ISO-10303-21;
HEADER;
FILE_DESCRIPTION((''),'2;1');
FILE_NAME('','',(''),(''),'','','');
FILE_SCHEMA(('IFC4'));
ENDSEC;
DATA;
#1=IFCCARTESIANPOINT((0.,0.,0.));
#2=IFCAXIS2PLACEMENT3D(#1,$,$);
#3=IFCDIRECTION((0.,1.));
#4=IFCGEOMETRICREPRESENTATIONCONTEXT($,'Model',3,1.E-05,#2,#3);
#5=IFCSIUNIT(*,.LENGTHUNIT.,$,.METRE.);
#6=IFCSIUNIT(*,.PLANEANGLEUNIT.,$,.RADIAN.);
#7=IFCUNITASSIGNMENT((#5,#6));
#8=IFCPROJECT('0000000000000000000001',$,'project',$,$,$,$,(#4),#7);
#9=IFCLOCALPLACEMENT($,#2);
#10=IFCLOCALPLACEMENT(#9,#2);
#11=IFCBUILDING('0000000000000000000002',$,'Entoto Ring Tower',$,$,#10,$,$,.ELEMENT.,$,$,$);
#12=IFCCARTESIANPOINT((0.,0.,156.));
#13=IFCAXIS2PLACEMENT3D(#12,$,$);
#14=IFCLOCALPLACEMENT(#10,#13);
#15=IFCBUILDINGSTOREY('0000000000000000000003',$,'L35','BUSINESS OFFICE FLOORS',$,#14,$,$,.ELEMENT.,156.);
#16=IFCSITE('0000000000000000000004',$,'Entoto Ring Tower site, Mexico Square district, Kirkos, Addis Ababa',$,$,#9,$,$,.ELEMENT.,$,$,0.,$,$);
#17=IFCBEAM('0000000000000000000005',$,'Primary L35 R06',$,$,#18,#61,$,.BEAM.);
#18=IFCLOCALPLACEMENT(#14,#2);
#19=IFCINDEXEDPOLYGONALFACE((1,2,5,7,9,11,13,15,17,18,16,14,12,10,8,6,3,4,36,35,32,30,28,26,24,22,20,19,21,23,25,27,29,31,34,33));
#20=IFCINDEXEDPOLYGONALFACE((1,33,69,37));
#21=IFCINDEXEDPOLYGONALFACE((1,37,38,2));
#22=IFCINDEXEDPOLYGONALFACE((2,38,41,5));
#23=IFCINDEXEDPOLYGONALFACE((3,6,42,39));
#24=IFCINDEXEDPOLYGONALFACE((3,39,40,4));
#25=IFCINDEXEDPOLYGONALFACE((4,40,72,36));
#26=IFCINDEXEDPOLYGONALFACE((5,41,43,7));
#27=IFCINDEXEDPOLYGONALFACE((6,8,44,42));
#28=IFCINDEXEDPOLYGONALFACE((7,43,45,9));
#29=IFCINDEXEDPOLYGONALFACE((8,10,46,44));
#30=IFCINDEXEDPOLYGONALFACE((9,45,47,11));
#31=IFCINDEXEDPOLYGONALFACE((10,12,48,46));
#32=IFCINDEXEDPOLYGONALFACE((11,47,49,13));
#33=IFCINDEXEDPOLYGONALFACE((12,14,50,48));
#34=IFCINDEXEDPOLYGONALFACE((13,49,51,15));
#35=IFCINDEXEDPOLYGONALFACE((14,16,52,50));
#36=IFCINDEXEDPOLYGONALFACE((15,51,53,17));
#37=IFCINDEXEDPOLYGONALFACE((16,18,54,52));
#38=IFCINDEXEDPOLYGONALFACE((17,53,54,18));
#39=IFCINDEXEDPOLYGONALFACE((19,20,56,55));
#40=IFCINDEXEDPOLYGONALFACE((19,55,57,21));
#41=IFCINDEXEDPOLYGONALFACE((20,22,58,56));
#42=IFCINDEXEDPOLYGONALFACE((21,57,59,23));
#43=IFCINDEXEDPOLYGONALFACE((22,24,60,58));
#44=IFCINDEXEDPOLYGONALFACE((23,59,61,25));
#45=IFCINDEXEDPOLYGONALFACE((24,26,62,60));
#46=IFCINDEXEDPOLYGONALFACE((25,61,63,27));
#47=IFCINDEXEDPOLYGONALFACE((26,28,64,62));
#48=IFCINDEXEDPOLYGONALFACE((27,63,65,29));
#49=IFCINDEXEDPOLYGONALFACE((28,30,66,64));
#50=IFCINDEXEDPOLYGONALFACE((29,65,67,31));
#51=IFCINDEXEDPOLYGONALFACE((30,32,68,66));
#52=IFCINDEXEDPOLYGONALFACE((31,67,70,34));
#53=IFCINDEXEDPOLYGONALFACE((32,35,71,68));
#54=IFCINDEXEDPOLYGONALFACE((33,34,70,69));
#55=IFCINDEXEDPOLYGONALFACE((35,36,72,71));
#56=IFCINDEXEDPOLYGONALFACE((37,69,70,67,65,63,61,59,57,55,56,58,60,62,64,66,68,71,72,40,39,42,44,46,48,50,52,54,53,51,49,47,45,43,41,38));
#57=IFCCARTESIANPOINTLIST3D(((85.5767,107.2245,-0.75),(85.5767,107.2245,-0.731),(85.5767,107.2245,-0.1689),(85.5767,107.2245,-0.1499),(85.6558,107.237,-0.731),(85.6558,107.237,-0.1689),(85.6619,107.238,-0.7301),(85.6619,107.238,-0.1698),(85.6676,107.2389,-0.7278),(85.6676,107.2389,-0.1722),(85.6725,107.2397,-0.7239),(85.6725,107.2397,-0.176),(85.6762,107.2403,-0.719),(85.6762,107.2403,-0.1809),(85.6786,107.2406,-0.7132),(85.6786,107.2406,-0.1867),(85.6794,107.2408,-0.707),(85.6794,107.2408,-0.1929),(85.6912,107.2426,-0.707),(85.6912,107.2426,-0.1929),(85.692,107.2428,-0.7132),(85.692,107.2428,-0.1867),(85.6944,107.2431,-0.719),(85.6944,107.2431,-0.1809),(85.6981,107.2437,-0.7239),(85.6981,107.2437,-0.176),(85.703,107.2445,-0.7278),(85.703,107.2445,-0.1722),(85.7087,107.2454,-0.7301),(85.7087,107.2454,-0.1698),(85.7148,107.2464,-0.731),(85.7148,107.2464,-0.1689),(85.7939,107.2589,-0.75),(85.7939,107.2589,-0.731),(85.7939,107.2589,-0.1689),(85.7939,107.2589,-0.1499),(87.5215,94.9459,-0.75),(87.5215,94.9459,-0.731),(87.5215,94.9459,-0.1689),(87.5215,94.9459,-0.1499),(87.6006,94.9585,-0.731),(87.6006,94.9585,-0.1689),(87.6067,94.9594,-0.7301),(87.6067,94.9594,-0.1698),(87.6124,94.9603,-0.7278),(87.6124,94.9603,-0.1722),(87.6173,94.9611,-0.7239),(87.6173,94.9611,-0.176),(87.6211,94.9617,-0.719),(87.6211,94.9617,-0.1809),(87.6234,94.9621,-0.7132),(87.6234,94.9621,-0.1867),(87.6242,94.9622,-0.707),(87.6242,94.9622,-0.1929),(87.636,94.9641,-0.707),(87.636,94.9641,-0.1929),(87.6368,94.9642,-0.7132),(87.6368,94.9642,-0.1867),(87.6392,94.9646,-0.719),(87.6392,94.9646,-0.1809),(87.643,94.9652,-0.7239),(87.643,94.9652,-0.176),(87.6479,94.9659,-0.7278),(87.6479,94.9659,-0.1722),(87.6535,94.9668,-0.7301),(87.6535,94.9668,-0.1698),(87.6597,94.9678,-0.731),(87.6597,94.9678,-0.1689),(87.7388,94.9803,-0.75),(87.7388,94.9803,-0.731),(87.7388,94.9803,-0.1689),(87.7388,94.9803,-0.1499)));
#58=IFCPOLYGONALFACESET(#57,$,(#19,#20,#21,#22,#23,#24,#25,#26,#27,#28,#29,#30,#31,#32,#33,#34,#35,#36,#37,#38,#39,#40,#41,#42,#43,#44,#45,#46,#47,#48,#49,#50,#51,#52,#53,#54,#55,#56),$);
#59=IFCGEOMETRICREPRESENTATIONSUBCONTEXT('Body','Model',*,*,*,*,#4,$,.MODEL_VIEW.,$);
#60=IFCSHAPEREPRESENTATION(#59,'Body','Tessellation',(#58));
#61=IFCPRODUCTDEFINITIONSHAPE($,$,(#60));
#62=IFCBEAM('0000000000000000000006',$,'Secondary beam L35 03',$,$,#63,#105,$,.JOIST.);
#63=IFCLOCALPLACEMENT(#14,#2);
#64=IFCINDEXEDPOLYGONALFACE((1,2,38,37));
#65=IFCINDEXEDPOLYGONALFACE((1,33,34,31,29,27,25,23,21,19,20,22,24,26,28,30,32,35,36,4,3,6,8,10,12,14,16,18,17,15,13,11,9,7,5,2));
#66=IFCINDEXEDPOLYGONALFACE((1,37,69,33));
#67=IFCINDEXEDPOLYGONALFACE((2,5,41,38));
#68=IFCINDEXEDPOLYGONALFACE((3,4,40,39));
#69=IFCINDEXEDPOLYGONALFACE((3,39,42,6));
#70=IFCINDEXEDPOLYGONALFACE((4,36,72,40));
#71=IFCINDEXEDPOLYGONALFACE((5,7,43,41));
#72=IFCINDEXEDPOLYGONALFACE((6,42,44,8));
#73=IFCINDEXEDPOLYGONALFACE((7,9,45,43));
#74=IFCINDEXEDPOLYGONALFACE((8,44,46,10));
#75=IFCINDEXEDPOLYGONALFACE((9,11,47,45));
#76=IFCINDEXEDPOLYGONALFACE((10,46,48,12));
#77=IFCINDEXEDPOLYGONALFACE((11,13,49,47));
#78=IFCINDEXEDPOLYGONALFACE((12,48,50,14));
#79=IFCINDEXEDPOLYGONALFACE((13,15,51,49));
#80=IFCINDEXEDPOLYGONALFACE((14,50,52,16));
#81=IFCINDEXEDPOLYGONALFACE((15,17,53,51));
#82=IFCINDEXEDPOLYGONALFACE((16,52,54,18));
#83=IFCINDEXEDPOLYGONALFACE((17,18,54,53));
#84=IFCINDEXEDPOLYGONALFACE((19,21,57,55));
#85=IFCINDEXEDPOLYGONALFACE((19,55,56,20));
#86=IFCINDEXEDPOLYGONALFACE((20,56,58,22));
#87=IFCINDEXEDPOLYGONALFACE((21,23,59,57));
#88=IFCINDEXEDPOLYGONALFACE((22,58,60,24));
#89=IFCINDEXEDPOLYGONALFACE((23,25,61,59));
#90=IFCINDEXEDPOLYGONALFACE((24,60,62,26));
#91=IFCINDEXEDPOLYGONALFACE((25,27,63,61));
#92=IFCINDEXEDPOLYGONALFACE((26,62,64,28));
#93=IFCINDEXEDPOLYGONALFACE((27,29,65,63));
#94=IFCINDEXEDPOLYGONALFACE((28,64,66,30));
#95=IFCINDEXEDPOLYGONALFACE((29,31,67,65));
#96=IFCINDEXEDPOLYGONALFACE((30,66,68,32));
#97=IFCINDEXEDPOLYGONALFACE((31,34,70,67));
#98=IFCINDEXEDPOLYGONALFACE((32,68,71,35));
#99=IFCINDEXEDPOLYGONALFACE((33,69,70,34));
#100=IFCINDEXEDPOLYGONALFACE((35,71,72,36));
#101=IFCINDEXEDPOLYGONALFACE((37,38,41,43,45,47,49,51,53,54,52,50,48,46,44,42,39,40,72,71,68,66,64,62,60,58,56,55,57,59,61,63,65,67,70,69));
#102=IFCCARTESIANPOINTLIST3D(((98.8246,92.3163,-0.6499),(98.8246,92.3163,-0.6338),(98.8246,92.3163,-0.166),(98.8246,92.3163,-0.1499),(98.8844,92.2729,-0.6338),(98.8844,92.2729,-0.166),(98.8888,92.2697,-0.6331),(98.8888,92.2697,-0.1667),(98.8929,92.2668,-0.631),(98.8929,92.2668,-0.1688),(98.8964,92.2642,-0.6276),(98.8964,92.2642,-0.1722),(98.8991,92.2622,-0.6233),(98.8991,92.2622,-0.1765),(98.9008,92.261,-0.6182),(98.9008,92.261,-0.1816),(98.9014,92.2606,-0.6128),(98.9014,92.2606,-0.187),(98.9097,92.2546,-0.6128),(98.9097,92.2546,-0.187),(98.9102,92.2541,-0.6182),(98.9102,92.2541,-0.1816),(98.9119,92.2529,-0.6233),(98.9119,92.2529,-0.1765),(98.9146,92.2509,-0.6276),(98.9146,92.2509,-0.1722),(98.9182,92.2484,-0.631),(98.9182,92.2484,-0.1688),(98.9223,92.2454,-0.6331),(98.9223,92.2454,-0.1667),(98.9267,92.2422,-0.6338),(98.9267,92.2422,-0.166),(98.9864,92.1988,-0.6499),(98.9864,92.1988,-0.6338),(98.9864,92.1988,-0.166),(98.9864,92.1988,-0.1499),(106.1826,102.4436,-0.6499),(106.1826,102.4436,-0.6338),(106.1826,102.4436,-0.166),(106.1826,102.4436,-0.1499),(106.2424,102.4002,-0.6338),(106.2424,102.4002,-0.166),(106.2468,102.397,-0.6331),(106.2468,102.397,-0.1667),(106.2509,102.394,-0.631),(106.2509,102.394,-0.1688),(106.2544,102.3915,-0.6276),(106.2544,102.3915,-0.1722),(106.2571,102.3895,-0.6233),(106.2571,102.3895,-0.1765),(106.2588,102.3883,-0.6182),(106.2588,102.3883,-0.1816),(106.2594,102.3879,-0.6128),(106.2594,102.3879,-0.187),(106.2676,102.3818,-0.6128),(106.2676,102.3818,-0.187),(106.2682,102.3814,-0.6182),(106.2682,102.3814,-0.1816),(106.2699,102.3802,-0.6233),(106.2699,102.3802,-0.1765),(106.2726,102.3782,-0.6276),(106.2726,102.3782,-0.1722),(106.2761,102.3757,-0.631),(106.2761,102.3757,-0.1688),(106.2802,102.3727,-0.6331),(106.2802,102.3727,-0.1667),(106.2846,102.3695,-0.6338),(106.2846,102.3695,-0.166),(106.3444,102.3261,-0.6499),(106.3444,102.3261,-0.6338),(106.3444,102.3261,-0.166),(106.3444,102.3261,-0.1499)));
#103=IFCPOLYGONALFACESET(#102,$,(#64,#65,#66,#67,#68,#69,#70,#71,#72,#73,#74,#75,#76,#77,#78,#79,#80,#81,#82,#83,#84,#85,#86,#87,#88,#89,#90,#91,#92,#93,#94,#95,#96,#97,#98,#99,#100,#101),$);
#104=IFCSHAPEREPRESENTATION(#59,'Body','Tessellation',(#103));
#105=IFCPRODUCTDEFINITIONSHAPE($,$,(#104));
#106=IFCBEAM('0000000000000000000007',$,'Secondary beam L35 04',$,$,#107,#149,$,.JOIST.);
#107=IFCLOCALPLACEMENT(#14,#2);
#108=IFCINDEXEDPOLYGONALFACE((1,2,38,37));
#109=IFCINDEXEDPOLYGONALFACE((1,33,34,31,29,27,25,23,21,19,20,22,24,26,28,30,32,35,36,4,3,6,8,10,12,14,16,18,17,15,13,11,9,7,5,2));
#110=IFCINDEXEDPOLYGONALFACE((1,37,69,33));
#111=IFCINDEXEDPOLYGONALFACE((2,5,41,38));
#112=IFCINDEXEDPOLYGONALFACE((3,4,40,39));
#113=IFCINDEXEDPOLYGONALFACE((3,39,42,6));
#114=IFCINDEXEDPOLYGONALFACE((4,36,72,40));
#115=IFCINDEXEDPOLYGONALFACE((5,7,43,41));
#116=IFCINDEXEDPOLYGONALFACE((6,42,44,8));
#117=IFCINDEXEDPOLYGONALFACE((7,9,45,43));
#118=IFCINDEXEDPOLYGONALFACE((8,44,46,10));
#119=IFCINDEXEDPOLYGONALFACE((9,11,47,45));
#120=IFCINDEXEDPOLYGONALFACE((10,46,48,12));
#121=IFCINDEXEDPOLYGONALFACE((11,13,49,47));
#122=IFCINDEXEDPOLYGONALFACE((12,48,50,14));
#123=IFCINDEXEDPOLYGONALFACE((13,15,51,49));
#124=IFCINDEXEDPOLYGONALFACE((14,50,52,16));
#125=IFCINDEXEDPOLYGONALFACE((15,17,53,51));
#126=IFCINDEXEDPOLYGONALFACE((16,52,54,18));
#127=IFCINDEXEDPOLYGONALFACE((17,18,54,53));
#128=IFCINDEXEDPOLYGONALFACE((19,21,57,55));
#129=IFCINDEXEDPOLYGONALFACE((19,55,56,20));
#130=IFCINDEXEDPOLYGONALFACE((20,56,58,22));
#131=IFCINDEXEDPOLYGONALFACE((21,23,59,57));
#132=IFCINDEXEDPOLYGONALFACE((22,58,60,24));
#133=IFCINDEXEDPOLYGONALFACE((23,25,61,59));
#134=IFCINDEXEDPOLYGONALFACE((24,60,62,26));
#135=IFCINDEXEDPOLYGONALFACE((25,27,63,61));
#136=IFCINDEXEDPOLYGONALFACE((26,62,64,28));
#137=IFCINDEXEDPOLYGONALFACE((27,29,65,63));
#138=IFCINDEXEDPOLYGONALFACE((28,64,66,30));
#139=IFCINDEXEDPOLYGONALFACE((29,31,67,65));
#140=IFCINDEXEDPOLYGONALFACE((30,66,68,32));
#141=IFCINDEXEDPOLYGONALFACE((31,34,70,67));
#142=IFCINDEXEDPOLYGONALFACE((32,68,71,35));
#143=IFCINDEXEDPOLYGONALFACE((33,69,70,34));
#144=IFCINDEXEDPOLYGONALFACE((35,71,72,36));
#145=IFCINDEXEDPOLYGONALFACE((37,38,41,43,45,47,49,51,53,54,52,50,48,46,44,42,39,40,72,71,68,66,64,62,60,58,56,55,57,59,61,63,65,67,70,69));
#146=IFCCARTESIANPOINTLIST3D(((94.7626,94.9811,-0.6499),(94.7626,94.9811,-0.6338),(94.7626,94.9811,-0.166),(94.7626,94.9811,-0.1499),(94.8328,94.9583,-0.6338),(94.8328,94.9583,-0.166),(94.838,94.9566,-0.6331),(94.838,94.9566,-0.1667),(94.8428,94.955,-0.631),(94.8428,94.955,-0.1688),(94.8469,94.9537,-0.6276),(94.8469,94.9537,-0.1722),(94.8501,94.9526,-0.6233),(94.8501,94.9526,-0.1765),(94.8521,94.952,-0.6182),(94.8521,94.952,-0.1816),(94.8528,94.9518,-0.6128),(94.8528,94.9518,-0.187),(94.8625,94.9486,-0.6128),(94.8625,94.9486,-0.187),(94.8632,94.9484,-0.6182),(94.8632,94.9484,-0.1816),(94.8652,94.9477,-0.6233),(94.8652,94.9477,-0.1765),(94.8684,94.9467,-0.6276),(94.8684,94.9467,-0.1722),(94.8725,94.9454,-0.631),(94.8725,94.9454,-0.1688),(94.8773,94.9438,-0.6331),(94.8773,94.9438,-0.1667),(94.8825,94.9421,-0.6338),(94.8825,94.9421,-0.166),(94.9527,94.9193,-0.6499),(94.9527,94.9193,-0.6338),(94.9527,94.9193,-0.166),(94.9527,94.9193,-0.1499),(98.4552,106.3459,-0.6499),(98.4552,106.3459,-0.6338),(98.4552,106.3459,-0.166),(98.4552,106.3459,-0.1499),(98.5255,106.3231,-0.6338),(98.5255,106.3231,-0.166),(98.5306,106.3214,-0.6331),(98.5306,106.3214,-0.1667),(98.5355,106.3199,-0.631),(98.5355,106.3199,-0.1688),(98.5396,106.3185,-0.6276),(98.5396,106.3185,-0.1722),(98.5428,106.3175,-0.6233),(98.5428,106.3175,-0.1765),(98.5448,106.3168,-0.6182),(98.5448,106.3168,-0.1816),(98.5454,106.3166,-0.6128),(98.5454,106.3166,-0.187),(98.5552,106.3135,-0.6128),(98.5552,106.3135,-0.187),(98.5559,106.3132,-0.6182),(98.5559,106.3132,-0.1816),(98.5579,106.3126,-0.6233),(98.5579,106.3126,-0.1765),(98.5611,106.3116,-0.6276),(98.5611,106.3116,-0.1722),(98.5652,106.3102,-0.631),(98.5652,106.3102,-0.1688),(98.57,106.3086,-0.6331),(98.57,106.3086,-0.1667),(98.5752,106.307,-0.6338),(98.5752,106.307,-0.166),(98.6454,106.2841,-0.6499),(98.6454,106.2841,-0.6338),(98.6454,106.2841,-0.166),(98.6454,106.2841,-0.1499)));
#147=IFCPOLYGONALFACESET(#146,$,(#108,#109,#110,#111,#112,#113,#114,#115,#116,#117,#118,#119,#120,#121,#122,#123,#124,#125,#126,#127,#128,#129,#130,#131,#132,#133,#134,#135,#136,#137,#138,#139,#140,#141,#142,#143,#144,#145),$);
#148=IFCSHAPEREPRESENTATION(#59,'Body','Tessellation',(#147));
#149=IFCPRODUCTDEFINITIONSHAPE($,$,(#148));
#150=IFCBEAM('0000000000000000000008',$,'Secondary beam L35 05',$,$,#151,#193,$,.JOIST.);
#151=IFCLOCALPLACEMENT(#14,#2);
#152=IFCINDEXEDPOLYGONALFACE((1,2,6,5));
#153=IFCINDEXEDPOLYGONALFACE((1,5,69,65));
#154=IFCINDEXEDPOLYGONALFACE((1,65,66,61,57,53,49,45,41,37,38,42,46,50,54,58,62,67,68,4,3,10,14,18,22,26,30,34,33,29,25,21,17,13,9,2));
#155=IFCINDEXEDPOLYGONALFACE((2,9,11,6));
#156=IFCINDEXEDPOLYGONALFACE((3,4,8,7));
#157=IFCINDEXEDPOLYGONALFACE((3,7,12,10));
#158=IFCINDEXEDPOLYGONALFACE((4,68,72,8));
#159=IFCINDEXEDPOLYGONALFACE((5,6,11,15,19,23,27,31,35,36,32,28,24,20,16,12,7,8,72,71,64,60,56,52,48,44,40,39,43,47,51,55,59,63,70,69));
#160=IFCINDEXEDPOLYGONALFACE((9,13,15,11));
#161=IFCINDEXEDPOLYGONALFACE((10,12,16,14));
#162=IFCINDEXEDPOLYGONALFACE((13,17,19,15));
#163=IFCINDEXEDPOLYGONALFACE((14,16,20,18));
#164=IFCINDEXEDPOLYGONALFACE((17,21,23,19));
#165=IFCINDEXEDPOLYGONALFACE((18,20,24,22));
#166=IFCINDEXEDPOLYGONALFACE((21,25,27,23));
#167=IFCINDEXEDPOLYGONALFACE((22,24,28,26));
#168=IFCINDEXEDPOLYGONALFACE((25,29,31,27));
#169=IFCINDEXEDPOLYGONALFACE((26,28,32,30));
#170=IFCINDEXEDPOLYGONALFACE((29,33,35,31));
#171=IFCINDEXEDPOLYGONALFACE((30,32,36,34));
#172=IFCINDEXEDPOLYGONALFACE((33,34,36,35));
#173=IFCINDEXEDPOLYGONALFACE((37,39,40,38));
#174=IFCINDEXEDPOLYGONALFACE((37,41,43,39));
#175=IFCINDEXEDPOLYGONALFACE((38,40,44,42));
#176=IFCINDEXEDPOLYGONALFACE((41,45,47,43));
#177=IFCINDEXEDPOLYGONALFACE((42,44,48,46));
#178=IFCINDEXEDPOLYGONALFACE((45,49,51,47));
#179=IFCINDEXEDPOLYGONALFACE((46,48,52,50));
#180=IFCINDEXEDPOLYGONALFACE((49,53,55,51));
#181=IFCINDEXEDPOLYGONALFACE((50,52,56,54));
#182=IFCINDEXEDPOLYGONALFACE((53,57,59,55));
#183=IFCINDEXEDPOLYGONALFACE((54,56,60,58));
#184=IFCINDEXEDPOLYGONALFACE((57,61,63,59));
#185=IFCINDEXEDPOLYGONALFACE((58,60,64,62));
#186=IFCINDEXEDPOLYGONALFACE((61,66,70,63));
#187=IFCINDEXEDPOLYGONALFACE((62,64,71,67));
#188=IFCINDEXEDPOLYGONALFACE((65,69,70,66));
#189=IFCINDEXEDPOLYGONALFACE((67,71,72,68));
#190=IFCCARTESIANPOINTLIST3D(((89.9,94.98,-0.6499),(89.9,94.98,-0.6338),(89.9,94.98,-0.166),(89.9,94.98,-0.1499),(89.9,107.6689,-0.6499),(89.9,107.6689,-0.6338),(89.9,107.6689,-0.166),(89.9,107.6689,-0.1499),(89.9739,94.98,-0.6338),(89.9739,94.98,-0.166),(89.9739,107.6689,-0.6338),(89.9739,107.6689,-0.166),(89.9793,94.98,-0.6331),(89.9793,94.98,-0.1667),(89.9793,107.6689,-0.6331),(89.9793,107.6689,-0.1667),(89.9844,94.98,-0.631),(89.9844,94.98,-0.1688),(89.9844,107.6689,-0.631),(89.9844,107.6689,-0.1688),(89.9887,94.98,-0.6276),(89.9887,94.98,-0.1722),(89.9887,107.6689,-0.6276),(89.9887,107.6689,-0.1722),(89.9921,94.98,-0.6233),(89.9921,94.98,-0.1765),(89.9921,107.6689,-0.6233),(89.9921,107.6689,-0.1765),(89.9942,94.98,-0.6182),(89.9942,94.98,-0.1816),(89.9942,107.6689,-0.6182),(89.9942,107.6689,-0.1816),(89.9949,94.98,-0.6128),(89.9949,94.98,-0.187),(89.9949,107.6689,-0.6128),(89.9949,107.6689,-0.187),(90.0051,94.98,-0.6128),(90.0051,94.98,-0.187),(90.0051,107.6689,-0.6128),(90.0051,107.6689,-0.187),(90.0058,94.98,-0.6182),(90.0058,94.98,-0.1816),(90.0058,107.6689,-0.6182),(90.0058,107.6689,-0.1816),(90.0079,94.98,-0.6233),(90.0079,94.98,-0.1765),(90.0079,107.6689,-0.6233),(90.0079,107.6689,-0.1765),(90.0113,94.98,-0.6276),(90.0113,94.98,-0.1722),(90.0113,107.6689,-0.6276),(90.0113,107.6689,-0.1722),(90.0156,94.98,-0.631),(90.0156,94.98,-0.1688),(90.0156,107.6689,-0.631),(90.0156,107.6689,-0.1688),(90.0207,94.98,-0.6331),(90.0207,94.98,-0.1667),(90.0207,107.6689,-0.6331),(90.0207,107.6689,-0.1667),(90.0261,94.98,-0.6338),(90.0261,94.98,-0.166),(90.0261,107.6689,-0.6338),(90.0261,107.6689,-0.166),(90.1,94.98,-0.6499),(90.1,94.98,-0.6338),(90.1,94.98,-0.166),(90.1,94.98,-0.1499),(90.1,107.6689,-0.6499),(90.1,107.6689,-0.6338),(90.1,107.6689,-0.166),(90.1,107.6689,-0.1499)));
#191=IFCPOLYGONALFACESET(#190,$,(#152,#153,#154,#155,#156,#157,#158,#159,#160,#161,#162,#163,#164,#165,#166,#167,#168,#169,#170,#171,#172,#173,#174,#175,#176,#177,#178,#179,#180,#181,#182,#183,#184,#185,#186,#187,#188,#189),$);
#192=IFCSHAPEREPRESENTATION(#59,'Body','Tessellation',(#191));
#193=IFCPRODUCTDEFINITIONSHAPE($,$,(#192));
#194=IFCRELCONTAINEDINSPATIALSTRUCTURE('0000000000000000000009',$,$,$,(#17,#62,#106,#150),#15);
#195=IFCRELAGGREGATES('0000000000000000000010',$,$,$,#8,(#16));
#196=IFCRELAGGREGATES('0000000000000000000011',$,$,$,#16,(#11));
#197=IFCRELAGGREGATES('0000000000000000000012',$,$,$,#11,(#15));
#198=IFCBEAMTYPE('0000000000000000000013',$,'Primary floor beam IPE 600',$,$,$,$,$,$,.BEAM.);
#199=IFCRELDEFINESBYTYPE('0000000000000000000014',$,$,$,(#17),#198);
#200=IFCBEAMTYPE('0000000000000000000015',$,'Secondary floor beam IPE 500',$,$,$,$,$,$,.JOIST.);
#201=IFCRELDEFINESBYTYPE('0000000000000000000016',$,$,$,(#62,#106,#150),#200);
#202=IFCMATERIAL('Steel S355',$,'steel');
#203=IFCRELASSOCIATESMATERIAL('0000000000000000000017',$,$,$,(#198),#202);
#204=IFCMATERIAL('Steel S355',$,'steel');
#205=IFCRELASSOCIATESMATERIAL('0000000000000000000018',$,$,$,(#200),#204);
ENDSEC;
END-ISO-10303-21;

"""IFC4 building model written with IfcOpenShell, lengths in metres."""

from ifc_helpers import new_model, si_unit, direction, frame, origin, origin_2d, place, context, subcontext, project, spatial, i_section, extrude, material, material_profile, profile_set, type_object, element, save


model = new_model("IFC4")

# Units and contexts
model_context = context("Model", 3, precision=1e-05, world=origin(), true_north=direction((0.0, 1.0)))
body_context = subcontext(model_context, "Body", "Model", "MODEL_VIEW")
ifc_project = project(units=[si_unit("LENGTHUNIT", "METRE"), si_unit("PLANEANGLEUNIT", "RADIAN")], contexts=[model_context])

# Site, building, storey
site_placement = place(None, origin())
site = spatial("IfcSite", under=ifc_project, at=site_placement, Name="Entoto Ring Tower site, Mexico Square district, Kirkos, Addis Ababa", CompositionType="ELEMENT", RefElevation=0.0)
building_placement = place(site_placement, origin())
building = spatial("IfcBuilding", under=site, at=building_placement, Name="Entoto Ring Tower", CompositionType="ELEMENT")
storey_placement = place(building_placement, frame((0.0, 0.0, 156.0)))
storey = spatial("IfcBuildingStorey", under=building, at=storey_placement, Name="L35", Description="BUSINESS OFFICE FLOORS", CompositionType="ELEMENT", Elevation=156.0)

# Beams
ifc_material_1 = material(Name="Steel S355", Category="steel")
ifc_material_profile_1 = material_profile(ifc_material_1, i_section(OverallWidth=0.22, OverallDepth=0.6001, WebThickness=0.012, FlangeThickness=0.019, FilletRadius=0.0239, at=origin_2d()), Name="IPE 600")
ifc_profile_set_1 = profile_set([ifc_material_profile_1], Name="Steel S355")
beam_type_1 = type_object("IfcBeamType", Name="Primary floor beam IPE 600", PredefinedType="BEAM", material=ifc_profile_set_1)
for number, where, z_axis, x_axis, name in (
    (1, (87.6301, 94.9631, -0.45), (-0.156442, 0.987687, 0.0), (-0.987687, -0.156442, 0.0), "Primary L35 R06"),
):
    element("IfcBeam", number, at=place(storey_placement, frame(where, z_axis=z_axis, x_axis=x_axis)), inside=storey, type_object=beam_type_1, Name=name, PredefinedType="BEAM", context=body_context, shape_type="SweptSolid", body=[
        extrude(i_section(OverallWidth=0.22, OverallDepth=0.6001, WebThickness=0.012, FlangeThickness=0.019, FilletRadius=0.0239, at=origin_2d()), origin(), (0.0, 0.0, 1.0), 12.4316),
    ])
ifc_material_2 = material(Name="Steel S355", Category="steel")
ifc_material_profile_2 = material_profile(ifc_material_2, i_section(OverallWidth=0.2, OverallDepth=0.5, WebThickness=0.0103, FlangeThickness=0.0161, FilletRadius=0.021, at=origin_2d()), Name="IPE 500")
ifc_profile_set_2 = profile_set([ifc_material_profile_2], Name="Steel S355")
beam_type_2 = type_object("IfcBeamType", Name="Secondary floor beam IPE 500", PredefinedType="JOIST", material=ifc_profile_set_2)
beam_1_placement = place(storey_placement, frame((98.9055, 92.2576, -0.3999), z_axis=(0.587789, 0.809014, 0.0), x_axis=(-0.809014, 0.587789, 0.0)))
element("IfcBeam", 2, at=beam_1_placement, inside=storey, type_object=beam_type_2, Name="Secondary beam L35 03", PredefinedType="JOIST", context=body_context, shape_type="SweptSolid", body=[
    extrude(i_section(OverallWidth=0.2, OverallDepth=0.5, WebThickness=0.0103, FlangeThickness=0.0161, FilletRadius=0.021, at=origin_2d()), origin(), (0.0, 0.0, 1.0), 12.5181),
])
beam_2_placement = place(storey_placement, frame((94.8577, 94.9502, -0.3999), z_axis=(0.309017, 0.951057, 0.0), x_axis=(-0.951057, 0.309017, 0.0)))
element("IfcBeam", 3, at=beam_2_placement, inside=storey, type_object=beam_type_2, Name="Secondary beam L35 04", PredefinedType="JOIST", context=body_context, shape_type="SweptSolid", body=[
    extrude(i_section(OverallWidth=0.2, OverallDepth=0.5, WebThickness=0.0103, FlangeThickness=0.0161, FilletRadius=0.021, at=origin_2d()), origin(), (0.0, 0.0, 1.0), 11.9497),
])
beam_3_placement = place(storey_placement, frame((90.0, 94.98, -0.3999), z_axis=(0.0, 1.0, 0.0), x_axis=(-1.0, 0.0, 0.0)))
element("IfcBeam", 4, at=beam_3_placement, inside=storey, type_object=beam_type_2, Name="Secondary beam L35 05", PredefinedType="JOIST", context=body_context, shape_type="SweptSolid", body=[
    extrude(i_section(OverallWidth=0.2, OverallDepth=0.5, WebThickness=0.0103, FlangeThickness=0.0161, FilletRadius=0.021, at=origin_2d()), origin(), (0.0, 0.0, 1.0), 12.689),
])

save(model, "model.ifc")
